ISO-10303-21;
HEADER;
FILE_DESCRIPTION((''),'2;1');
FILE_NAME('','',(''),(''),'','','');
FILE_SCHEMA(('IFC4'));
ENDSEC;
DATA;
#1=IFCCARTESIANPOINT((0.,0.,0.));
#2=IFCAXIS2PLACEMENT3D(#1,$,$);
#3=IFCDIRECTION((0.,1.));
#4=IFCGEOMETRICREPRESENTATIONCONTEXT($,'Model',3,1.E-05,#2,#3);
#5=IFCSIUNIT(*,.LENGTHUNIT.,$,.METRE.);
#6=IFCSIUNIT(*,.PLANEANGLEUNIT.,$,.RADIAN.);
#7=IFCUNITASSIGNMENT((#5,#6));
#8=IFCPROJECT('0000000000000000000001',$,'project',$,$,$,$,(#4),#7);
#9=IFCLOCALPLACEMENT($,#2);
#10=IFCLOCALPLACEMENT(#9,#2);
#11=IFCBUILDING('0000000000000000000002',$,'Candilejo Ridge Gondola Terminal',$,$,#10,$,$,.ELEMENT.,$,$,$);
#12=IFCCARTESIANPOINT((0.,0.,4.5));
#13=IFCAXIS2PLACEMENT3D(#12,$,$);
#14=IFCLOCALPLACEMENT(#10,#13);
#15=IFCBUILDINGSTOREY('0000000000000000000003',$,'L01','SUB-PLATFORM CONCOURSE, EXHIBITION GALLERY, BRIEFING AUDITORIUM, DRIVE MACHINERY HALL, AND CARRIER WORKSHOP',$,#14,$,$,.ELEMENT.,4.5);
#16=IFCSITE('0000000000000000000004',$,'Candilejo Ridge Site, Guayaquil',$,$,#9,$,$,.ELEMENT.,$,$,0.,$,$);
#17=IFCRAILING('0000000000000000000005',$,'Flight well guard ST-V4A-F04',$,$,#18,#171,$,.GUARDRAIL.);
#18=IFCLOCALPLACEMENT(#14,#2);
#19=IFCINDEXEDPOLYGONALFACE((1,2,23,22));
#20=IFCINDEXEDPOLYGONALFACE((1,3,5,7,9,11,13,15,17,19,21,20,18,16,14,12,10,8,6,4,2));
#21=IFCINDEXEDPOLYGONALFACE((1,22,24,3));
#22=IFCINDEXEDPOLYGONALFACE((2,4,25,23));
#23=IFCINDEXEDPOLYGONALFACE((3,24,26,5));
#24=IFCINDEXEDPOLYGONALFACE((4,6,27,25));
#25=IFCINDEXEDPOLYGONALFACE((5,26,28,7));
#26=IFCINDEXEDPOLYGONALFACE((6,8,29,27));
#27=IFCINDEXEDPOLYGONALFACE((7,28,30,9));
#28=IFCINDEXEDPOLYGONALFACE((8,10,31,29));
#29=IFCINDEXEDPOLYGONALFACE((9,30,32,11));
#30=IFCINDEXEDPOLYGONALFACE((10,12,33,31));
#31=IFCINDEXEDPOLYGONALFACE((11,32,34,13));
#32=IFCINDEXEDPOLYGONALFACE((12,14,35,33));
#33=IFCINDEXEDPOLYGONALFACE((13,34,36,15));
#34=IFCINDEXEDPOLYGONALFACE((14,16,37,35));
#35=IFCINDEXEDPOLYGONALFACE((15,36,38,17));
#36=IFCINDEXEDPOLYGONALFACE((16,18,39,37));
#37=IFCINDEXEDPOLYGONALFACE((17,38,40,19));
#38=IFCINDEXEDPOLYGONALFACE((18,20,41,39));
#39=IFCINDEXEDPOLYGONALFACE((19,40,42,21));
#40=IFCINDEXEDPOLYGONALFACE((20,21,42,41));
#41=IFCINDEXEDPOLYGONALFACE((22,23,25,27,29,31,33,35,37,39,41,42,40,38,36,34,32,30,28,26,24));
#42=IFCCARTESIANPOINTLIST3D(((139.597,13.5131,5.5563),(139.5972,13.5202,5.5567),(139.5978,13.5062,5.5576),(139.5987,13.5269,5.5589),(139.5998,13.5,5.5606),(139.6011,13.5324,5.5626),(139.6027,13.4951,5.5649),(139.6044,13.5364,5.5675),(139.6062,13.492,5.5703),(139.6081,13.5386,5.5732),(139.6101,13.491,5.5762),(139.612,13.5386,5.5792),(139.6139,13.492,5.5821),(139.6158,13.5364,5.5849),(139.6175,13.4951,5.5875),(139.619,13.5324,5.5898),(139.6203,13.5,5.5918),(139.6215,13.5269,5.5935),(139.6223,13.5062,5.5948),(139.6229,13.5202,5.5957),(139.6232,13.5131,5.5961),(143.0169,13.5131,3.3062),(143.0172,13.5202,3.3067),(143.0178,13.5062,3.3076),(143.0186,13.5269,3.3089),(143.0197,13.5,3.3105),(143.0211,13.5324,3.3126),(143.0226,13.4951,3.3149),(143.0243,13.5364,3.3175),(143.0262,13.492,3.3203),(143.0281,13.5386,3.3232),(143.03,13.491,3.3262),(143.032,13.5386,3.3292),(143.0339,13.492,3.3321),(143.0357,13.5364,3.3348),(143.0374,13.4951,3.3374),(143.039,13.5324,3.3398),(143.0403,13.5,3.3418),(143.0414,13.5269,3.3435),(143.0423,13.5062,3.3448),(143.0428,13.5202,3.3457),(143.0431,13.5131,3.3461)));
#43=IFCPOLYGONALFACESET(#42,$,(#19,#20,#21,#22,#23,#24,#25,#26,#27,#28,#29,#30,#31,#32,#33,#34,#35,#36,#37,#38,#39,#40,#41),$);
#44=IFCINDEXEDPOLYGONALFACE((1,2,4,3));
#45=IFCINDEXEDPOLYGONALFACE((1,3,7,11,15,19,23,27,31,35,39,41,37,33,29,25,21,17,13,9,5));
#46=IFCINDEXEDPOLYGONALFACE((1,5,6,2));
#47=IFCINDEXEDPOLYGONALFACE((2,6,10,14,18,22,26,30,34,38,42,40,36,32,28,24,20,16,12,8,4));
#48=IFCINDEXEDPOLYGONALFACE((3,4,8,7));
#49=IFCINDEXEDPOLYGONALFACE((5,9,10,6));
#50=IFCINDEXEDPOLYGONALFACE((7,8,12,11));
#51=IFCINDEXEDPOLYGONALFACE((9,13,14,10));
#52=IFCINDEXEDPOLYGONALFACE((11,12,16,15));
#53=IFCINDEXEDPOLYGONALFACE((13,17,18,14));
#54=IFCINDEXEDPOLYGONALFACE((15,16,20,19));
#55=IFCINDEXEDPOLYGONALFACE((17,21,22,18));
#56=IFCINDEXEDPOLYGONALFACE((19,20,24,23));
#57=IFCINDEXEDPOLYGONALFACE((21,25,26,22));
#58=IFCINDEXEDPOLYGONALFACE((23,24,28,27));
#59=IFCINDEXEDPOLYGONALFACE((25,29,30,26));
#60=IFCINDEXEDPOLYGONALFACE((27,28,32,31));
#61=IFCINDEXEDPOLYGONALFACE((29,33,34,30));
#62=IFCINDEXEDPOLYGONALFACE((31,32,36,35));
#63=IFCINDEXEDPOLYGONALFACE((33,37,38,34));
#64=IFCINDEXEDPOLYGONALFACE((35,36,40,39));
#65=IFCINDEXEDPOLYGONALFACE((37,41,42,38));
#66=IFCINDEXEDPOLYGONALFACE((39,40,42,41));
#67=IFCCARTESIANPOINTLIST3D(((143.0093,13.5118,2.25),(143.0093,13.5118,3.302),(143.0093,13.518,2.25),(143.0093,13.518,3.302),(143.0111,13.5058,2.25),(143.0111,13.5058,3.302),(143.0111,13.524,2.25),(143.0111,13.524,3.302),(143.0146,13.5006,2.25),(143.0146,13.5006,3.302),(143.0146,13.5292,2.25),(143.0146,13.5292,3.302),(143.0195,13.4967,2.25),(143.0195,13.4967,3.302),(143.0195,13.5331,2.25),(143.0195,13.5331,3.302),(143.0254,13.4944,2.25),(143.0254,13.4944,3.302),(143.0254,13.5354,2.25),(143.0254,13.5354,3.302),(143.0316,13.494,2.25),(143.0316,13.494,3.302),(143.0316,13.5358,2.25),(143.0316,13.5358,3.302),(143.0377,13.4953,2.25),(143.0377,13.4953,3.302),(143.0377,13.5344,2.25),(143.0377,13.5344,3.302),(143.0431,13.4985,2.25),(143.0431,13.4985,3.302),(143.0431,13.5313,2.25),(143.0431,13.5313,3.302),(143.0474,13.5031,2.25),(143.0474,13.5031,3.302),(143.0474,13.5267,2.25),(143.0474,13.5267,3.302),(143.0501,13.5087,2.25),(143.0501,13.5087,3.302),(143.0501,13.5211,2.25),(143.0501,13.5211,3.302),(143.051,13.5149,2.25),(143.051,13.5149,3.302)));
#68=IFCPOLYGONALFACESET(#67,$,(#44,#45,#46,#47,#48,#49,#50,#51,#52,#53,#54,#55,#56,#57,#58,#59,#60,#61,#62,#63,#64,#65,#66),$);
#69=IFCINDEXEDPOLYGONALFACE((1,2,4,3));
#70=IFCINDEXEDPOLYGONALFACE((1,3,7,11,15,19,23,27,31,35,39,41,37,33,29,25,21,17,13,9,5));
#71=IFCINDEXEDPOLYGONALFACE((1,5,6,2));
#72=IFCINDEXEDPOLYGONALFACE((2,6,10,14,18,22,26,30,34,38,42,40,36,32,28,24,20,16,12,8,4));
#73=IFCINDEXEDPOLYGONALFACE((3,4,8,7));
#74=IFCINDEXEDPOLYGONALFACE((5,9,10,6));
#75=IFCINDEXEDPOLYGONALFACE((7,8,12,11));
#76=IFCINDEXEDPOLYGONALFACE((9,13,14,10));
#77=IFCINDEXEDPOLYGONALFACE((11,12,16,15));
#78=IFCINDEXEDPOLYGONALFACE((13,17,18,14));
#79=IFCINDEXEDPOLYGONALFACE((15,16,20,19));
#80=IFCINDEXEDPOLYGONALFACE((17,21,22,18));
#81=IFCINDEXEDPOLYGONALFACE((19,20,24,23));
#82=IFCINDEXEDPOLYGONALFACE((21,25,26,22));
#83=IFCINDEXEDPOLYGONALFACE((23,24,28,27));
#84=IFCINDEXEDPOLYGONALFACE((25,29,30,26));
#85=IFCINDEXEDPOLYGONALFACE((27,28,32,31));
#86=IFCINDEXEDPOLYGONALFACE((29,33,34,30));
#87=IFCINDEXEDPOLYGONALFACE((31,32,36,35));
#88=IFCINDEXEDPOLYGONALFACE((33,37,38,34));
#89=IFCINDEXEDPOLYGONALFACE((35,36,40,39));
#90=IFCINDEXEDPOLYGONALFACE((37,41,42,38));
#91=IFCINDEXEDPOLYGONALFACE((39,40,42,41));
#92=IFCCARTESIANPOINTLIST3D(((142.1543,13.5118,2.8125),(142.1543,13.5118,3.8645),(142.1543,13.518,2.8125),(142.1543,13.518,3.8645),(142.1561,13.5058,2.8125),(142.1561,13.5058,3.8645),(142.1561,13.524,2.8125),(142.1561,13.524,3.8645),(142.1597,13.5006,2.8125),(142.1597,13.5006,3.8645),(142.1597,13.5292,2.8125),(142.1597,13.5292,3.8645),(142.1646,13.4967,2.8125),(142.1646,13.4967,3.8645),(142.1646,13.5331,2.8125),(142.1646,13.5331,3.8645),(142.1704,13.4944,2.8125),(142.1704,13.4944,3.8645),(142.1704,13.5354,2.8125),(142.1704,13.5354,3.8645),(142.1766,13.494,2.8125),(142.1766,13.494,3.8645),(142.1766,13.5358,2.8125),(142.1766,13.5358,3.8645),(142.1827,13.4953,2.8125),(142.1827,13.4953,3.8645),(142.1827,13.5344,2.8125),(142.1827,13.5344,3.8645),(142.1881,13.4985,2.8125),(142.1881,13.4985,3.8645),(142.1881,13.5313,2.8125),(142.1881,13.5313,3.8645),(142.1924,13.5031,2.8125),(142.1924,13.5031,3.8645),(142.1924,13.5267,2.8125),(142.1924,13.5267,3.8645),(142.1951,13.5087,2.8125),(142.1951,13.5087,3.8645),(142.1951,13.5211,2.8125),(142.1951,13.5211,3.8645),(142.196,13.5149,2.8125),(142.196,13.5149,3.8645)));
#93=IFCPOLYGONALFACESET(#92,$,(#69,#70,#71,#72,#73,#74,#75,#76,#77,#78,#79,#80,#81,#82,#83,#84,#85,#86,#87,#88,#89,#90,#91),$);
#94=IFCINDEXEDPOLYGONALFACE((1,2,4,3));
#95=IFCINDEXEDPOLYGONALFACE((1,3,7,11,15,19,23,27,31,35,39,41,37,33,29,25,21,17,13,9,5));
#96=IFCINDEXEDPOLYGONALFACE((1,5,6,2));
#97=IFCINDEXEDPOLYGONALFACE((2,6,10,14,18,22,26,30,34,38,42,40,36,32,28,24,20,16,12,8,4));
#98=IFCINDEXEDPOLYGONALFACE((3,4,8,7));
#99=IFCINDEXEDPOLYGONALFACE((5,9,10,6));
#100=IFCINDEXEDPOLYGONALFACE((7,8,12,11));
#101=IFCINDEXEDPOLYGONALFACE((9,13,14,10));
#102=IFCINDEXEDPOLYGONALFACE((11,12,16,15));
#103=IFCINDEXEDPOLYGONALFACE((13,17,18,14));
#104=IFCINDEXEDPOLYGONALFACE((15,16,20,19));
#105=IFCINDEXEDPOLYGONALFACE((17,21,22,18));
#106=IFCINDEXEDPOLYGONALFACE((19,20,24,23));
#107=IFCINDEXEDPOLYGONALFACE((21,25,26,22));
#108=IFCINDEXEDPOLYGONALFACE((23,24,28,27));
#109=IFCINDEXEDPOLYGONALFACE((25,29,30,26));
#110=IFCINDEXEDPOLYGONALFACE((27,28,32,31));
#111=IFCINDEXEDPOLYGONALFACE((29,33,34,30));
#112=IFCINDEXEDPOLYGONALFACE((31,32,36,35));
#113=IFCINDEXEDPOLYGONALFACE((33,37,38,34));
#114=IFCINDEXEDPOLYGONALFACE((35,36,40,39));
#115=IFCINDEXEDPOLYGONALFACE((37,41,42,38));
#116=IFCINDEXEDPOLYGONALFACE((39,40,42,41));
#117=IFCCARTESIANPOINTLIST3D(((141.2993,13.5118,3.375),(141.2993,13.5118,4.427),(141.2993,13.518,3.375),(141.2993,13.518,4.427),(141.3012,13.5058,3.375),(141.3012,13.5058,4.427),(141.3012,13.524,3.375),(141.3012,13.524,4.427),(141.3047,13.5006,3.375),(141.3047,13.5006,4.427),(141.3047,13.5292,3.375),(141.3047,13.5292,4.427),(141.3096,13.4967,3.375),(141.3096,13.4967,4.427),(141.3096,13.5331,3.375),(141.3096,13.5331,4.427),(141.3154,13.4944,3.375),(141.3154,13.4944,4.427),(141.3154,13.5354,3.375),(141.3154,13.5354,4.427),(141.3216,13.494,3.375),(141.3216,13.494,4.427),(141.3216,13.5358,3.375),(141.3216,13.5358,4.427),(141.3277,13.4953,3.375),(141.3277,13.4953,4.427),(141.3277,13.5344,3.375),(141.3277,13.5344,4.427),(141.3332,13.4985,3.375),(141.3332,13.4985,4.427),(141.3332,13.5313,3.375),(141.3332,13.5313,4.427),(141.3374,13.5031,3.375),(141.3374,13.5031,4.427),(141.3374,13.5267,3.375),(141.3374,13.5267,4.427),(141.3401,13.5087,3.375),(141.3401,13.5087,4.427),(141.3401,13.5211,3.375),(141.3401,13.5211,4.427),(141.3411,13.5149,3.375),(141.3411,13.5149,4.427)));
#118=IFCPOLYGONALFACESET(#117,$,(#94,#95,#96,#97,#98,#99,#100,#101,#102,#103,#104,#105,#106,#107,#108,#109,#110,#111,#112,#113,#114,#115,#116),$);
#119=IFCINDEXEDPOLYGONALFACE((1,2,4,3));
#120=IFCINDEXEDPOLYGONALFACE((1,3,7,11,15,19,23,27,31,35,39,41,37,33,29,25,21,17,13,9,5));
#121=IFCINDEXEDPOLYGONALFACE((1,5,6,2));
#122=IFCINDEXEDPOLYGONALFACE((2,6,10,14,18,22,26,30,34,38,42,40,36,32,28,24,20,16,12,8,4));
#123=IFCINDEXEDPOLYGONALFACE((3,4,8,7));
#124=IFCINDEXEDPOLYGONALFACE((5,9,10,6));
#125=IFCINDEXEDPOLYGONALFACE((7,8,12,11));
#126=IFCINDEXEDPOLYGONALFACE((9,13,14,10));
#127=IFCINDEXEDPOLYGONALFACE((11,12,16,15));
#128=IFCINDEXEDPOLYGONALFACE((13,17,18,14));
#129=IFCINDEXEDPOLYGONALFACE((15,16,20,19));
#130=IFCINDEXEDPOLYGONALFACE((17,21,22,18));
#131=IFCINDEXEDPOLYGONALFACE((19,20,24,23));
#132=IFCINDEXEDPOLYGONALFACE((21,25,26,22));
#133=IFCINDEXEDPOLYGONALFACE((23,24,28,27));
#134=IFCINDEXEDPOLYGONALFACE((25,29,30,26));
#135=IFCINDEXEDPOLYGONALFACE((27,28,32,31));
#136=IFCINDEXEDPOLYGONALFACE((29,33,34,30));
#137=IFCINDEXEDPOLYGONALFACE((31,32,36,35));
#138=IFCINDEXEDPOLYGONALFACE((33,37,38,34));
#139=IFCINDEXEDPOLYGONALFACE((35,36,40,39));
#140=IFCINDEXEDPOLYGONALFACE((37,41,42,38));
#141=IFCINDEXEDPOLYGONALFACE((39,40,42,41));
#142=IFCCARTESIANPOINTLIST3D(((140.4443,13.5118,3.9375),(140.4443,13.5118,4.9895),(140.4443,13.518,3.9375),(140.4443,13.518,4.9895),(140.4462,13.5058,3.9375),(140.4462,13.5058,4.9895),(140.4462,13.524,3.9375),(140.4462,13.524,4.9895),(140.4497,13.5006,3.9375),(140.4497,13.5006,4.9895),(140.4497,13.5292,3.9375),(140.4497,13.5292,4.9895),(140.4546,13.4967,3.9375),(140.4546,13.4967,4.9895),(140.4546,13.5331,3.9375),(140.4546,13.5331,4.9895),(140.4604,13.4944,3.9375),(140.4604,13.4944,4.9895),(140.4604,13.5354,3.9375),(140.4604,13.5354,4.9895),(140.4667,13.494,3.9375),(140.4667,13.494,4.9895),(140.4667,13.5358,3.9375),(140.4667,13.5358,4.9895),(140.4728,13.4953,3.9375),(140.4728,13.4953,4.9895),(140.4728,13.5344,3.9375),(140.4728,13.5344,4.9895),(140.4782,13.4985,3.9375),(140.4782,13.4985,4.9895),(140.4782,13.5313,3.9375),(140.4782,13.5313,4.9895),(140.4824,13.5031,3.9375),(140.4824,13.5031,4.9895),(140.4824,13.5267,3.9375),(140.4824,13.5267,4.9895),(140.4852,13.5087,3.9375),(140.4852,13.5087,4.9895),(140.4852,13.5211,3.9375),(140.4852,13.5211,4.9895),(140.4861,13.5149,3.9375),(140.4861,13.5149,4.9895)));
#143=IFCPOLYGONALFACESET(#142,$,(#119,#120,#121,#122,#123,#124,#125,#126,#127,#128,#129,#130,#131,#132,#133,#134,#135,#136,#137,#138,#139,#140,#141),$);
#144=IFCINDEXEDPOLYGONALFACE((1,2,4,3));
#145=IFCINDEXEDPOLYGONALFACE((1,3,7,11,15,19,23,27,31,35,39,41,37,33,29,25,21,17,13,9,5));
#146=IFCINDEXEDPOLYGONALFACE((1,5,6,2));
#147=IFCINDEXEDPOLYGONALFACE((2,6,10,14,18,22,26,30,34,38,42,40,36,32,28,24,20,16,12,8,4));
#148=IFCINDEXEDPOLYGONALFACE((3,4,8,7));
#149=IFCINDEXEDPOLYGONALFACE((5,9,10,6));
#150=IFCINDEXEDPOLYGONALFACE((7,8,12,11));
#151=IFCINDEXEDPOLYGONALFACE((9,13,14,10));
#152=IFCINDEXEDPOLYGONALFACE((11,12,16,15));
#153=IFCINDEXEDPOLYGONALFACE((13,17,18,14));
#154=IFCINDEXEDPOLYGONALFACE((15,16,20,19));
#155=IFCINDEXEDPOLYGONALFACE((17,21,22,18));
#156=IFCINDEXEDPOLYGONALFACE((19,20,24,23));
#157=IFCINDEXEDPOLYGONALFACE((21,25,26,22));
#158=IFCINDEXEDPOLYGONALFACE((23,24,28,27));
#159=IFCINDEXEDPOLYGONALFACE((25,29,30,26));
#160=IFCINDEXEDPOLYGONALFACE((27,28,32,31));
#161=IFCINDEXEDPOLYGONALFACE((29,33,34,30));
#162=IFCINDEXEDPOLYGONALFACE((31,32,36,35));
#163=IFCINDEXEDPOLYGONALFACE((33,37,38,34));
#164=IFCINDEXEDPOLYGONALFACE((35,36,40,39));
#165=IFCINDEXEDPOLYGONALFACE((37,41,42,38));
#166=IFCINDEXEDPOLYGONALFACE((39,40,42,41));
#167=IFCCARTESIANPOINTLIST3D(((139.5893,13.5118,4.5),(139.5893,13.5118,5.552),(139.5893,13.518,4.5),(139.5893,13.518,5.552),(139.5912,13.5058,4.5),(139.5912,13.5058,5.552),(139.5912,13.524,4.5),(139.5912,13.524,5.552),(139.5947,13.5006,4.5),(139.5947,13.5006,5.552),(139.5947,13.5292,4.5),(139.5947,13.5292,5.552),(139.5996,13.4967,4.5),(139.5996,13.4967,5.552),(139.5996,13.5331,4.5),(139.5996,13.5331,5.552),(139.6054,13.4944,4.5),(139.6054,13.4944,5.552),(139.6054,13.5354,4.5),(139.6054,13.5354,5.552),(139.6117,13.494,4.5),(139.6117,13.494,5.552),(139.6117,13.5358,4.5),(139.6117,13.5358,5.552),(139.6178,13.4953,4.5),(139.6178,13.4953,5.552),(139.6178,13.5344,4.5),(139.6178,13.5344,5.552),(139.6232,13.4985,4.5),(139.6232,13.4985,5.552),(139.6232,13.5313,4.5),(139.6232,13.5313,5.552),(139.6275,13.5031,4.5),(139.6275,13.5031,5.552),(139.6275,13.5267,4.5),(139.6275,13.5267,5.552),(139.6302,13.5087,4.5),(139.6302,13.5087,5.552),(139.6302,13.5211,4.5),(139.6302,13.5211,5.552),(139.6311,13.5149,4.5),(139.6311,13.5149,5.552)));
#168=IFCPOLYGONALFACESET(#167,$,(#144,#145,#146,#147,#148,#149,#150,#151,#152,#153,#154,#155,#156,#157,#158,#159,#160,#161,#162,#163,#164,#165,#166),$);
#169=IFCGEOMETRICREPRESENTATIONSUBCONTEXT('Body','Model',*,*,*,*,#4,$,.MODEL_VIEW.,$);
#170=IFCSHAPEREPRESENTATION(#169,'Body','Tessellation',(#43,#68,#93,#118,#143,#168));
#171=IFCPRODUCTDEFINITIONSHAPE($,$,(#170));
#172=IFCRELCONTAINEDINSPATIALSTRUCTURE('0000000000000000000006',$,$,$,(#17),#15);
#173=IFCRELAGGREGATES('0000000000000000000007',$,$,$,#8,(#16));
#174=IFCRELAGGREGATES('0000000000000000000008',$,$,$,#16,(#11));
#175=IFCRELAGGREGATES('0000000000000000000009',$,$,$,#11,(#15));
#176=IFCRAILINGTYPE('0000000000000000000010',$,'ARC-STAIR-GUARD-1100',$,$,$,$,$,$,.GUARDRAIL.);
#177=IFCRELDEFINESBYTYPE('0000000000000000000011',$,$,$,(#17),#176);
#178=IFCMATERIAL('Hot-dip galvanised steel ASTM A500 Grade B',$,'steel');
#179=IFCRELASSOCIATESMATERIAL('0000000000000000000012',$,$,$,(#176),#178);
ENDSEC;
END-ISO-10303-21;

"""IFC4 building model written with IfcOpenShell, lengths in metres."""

from ifc_helpers import new_model, si_unit, direction, frame, origin, origin_2d, place, context, subcontext, project, spatial, circle, extrude, material, type_object, element, save


model = new_model("IFC4")

# Units and contexts
model_context = context("Model", 3, precision=1e-05, world=origin(), true_north=direction((0.0, 1.0)))
body_context = subcontext(model_context, "Body", "Model", "MODEL_VIEW")
ifc_project = project(units=[si_unit("LENGTHUNIT", "METRE"), si_unit("PLANEANGLEUNIT", "RADIAN")], contexts=[model_context])

# Site, building, storey
site_placement = place(None, origin())
site = spatial("IfcSite", under=ifc_project, at=site_placement, Name="Candilejo Ridge Site, Guayaquil", CompositionType="ELEMENT", RefElevation=0.0)
building_placement = place(site_placement, origin())
building = spatial("IfcBuilding", under=site, at=building_placement, Name="Candilejo Ridge Gondola Terminal", CompositionType="ELEMENT")
storey_placement = place(building_placement, frame((0.0, 0.0, 4.5)))
storey = spatial("IfcBuildingStorey", under=building, at=storey_placement, Name="L01", Description="SUB-PLATFORM CONCOURSE, EXHIBITION GALLERY, BRIEFING AUDITORIUM, DRIVE MACHINERY HALL, AND CARRIER WORKSHOP", CompositionType="ELEMENT", Elevation=4.5)

# Railing
ifc_material_1 = material(Name="Hot-dip galvanised steel ASTM A500 Grade B", Category="steel")
railing_type_1 = type_object("IfcRailingType", Name="ARC-STAIR-GUARD-1100", PredefinedType="GUARDRAIL", material=ifc_material_1)
railing_1_placement = place(storey_placement, frame((143.03, 13.5149, 2.25)))
element("IfcRailing", 1, at=railing_1_placement, inside=storey, type_object=railing_type_1, Name="Flight well guard ST-V4A-F04", PredefinedType="GUARDRAIL", context=body_context, shape_type="SweptSolid", body=[
    extrude(circle(Radius=0.0239, at=origin_2d()), frame((0.0, 0.0, 1.0762), z_axis=(-0.835411, 0.0, 0.549625), x_axis=(0.0, -1.0, 0.0)), (0.0, 0.0, 1.0), 4.0938),
    extrude(circle(Radius=0.021, at=origin_2d()), origin(), (0.0, 0.0, 1.0), 1.052),
    extrude(circle(Radius=0.021, at=origin_2d()), frame((-0.855, 0.0, 0.5625)), (0.0, 0.0, 1.0), 1.052),
    extrude(circle(Radius=0.021, at=origin_2d()), frame((-1.71, 0.0, 1.125)), (0.0, 0.0, 1.0), 1.052),
    extrude(circle(Radius=0.021, at=origin_2d()), frame((-2.5649, 0.0, 1.6875)), (0.0, 0.0, 1.0), 1.052),
    extrude(circle(Radius=0.021, at=origin_2d()), frame((-3.4199, 0.0, 2.25)), (0.0, 0.0, 1.0), 1.052),
])

save(model, "model.ifc")
